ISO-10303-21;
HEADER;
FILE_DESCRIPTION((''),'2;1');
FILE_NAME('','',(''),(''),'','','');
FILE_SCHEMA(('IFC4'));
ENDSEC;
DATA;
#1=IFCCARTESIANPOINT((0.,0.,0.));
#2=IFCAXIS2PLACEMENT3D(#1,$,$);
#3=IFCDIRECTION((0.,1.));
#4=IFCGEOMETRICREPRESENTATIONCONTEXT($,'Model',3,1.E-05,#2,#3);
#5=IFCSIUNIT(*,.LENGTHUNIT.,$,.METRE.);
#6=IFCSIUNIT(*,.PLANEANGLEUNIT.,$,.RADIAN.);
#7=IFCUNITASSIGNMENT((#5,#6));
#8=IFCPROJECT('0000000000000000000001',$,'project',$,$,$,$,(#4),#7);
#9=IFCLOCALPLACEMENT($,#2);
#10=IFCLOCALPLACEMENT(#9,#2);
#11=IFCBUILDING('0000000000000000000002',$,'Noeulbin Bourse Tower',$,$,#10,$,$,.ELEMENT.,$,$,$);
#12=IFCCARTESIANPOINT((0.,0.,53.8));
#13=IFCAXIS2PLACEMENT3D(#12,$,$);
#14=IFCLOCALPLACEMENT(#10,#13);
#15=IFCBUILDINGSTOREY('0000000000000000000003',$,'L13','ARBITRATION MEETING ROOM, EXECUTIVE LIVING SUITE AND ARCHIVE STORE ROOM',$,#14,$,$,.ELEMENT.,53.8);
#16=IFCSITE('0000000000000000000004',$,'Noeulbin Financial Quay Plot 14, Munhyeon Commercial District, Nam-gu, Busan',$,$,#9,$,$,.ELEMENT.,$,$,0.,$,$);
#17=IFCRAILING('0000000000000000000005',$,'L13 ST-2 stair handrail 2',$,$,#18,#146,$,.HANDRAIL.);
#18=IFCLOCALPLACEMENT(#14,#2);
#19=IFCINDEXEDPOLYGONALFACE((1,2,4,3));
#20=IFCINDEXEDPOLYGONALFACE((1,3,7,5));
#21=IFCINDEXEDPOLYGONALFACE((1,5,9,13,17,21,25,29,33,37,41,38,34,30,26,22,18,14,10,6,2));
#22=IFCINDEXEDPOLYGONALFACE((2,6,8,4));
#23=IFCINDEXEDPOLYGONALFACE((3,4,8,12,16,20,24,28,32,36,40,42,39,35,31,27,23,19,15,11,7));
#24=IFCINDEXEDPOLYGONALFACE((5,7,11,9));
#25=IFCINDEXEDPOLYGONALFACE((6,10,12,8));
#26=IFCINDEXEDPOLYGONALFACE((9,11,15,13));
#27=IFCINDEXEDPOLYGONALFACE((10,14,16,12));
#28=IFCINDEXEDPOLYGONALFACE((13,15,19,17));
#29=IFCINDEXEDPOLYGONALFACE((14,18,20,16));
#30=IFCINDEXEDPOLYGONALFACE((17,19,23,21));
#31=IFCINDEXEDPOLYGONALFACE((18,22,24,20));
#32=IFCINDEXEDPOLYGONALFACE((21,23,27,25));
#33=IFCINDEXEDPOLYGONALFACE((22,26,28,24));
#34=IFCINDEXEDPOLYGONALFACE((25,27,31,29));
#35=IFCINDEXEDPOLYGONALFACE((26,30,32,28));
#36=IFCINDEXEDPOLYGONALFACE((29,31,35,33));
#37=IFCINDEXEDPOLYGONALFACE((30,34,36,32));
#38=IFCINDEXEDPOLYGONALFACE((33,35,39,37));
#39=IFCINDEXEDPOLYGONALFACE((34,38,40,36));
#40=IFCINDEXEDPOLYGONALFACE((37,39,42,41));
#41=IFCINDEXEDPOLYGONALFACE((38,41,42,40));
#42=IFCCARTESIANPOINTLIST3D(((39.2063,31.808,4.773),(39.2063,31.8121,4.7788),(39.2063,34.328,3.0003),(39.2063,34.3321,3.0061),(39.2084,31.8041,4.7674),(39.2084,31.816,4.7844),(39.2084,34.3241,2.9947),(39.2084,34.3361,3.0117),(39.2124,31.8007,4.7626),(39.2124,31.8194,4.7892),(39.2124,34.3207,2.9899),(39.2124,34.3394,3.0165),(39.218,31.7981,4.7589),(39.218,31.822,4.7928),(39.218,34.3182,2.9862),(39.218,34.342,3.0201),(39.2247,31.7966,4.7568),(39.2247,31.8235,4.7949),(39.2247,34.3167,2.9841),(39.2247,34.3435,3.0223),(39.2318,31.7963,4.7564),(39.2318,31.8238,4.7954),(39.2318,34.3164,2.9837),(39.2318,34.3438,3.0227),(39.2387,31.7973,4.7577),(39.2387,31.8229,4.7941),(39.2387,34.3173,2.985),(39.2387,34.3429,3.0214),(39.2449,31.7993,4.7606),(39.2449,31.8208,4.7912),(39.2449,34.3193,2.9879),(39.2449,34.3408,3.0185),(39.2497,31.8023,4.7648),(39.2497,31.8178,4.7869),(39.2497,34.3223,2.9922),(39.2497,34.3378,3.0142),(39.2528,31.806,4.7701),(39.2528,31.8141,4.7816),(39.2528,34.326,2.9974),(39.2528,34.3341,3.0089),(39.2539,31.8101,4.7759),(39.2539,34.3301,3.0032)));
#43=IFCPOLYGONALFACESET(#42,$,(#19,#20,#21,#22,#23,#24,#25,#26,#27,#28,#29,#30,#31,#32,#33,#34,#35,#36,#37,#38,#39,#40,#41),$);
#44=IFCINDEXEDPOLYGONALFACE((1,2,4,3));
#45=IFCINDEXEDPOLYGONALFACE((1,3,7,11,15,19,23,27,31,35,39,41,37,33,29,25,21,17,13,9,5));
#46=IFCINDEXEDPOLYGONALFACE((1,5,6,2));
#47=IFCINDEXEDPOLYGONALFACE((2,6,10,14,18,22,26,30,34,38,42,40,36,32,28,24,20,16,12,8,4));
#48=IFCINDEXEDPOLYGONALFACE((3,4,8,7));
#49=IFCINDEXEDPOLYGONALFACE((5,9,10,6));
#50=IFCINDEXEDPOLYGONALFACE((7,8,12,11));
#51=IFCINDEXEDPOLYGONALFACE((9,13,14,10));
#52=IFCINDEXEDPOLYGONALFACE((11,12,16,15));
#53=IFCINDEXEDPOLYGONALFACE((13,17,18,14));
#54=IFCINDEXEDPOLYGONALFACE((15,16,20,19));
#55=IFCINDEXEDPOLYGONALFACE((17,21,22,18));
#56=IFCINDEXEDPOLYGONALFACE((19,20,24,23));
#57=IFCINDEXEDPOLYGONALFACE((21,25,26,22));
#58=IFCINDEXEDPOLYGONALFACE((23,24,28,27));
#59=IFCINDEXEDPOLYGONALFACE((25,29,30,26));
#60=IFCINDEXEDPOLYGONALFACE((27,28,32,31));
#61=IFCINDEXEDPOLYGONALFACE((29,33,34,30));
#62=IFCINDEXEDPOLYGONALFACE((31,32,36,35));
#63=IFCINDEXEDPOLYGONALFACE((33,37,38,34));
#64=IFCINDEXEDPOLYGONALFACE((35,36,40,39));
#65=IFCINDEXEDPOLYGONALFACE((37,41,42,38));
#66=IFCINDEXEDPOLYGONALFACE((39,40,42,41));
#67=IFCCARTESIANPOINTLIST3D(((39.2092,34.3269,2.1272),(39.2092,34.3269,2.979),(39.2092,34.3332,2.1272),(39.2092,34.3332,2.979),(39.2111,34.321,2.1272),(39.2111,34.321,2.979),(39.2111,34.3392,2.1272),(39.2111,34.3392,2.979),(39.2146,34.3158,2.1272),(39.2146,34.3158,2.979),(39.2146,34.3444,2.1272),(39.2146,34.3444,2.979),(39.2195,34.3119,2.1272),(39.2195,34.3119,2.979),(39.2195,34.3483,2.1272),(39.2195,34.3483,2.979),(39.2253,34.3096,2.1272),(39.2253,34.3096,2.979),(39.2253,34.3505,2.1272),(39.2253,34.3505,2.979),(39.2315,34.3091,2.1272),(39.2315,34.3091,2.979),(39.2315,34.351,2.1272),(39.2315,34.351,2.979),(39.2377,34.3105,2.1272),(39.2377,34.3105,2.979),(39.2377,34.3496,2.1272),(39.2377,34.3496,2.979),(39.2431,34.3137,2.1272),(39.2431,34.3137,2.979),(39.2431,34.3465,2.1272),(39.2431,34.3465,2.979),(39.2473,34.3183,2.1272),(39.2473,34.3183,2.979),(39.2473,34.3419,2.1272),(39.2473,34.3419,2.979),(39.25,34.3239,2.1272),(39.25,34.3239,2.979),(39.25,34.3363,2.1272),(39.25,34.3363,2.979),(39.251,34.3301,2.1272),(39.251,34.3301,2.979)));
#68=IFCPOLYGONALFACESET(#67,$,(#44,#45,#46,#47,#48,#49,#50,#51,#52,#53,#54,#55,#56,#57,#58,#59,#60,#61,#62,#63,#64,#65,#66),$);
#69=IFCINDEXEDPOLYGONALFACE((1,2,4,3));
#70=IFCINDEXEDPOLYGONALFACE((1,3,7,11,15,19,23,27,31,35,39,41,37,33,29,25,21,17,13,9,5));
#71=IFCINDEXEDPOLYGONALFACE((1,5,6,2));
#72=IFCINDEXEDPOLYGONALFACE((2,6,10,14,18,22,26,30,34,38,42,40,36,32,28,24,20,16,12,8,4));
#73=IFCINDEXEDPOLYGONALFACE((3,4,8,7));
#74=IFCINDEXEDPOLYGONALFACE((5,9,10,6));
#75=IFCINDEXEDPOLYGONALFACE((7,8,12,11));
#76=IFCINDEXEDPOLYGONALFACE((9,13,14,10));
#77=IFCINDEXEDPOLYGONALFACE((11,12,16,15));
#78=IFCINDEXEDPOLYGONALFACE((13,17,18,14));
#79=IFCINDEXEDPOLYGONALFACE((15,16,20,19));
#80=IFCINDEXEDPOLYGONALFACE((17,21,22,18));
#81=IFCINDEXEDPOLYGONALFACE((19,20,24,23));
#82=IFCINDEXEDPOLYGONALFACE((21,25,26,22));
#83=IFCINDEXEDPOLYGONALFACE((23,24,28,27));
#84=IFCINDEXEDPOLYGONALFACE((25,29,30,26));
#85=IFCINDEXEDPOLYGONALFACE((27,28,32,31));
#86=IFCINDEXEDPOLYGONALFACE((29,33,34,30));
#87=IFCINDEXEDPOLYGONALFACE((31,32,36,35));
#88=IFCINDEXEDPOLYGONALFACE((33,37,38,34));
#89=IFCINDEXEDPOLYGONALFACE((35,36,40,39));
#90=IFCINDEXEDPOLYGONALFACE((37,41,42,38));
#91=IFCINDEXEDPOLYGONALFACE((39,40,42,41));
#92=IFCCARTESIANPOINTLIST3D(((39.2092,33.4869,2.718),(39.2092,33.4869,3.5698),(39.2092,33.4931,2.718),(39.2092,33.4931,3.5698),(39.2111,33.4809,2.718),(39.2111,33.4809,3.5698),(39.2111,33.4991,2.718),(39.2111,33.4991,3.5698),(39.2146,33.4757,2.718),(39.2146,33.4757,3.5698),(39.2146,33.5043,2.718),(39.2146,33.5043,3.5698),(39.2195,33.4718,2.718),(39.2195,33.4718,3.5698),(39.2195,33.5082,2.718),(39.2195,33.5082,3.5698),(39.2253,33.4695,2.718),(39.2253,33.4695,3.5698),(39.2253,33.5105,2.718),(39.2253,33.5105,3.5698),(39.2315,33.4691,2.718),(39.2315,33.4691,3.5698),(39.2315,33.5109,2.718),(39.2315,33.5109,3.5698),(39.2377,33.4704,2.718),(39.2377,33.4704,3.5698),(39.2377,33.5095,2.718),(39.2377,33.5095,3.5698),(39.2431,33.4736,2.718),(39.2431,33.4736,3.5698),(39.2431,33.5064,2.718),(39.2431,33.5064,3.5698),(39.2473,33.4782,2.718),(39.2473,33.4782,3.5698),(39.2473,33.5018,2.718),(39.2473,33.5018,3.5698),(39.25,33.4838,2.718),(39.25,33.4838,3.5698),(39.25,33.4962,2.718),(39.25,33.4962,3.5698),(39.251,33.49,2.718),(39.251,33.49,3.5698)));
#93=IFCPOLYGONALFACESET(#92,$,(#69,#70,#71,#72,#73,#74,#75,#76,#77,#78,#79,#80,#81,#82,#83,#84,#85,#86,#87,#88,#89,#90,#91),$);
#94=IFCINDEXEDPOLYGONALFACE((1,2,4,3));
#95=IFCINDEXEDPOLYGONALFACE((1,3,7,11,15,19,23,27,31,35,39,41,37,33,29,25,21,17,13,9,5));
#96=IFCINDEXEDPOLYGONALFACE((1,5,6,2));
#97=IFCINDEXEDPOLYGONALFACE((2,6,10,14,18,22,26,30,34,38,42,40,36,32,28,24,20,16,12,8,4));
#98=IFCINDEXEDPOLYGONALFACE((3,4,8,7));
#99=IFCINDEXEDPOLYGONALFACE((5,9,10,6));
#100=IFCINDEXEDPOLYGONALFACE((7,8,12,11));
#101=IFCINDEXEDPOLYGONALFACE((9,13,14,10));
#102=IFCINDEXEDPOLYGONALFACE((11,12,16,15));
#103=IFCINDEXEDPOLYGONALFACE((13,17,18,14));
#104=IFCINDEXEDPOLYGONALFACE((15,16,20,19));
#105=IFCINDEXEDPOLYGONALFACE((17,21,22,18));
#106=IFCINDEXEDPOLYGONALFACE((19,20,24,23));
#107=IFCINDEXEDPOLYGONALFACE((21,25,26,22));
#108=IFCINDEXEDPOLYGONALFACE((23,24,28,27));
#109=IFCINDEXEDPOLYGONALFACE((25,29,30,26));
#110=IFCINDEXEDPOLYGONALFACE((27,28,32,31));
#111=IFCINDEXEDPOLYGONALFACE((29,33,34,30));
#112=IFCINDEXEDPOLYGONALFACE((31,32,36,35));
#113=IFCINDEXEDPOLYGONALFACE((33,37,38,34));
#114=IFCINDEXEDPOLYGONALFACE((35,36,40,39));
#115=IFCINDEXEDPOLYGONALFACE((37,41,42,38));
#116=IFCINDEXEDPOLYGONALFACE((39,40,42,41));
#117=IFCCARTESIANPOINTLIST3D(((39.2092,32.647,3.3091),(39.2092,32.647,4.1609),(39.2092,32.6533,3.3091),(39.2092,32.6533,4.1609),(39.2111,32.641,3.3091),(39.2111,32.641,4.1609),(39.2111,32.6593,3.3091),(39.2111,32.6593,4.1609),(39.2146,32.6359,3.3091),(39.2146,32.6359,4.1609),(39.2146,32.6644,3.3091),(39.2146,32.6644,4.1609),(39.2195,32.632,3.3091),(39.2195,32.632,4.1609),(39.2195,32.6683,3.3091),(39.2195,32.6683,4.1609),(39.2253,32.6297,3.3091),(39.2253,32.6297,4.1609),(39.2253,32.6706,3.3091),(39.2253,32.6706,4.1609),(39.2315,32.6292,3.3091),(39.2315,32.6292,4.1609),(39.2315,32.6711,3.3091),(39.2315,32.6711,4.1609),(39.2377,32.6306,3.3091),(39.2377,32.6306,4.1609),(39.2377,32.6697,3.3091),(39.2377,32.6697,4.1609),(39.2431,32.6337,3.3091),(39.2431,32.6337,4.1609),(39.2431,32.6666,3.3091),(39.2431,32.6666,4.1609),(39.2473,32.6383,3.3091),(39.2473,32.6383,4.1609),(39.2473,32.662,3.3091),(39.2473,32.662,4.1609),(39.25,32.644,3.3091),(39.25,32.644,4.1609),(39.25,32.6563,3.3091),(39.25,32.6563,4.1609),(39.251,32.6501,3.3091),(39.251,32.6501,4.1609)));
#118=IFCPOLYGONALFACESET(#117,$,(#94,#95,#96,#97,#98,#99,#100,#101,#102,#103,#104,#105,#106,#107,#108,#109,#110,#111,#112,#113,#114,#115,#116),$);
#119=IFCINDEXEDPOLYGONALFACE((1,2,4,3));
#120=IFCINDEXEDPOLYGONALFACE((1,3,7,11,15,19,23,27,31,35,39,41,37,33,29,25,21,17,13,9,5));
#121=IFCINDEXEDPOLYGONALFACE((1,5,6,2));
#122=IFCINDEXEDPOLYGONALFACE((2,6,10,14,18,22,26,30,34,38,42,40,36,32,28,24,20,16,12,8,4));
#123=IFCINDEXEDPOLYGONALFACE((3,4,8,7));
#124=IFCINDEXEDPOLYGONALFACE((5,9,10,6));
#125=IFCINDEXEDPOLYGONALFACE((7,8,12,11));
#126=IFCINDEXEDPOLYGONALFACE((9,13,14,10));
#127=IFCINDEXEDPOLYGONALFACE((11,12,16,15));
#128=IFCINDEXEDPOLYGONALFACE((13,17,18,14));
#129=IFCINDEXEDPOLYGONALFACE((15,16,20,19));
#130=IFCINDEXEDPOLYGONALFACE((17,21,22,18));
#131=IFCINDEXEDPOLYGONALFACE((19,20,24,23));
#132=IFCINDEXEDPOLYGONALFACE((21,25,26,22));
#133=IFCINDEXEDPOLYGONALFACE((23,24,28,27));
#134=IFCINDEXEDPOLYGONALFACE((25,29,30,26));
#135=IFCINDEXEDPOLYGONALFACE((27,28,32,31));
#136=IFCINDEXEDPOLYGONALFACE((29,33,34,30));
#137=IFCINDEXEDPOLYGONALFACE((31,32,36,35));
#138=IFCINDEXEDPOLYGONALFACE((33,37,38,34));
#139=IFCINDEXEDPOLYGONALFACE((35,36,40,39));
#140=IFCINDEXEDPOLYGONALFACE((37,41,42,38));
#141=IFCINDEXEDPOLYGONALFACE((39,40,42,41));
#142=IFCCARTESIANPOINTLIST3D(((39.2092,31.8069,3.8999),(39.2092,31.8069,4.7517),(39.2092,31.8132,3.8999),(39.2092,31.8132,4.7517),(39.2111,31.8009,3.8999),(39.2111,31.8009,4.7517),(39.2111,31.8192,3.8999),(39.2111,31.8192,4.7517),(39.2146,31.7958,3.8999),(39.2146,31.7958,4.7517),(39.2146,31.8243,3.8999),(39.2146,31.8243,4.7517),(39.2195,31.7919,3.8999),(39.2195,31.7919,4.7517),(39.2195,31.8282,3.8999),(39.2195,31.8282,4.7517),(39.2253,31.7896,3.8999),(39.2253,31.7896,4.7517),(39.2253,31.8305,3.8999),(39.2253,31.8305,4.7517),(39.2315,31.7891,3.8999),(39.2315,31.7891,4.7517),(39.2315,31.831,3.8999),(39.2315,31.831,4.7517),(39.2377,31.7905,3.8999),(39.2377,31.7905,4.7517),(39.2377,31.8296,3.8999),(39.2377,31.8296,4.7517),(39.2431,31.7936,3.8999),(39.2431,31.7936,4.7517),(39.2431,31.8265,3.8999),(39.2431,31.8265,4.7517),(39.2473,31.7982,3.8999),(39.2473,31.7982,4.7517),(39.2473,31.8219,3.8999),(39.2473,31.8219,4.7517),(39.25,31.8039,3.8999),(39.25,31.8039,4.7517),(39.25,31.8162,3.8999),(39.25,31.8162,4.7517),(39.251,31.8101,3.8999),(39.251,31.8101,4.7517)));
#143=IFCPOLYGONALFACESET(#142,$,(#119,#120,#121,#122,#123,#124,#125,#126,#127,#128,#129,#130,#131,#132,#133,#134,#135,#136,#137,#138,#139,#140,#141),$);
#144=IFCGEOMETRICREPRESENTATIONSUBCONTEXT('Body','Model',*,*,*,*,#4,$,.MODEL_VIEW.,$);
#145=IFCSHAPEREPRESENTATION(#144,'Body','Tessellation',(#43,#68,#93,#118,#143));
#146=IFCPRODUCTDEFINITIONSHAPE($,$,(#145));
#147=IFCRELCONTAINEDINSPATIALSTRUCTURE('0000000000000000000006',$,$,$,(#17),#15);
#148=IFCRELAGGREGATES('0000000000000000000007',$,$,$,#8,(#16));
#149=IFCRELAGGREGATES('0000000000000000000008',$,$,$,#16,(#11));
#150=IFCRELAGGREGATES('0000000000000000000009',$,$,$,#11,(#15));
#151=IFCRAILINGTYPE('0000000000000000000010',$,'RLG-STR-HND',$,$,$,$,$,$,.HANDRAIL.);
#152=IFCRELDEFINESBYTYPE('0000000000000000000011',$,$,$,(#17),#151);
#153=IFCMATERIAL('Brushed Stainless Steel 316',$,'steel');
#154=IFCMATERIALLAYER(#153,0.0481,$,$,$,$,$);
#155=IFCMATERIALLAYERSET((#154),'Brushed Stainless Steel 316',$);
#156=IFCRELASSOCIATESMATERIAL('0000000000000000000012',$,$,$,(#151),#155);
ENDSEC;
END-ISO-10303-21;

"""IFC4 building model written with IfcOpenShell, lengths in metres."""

from ifc_helpers import new_model, si_unit, direction, frame, origin, origin_2d, place, context, subcontext, project, spatial, circle, extrude, material, layer, layer_set, type_object, element, save


model = new_model("IFC4")

# Units and contexts
model_context = context("Model", 3, precision=1e-05, world=origin(), true_north=direction((0.0, 1.0)))
body_context = subcontext(model_context, "Body", "Model", "MODEL_VIEW")
ifc_project = project(units=[si_unit("LENGTHUNIT", "METRE"), si_unit("PLANEANGLEUNIT", "RADIAN")], contexts=[model_context])

# Site, building, storey
site_placement = place(None, origin())
site = spatial("IfcSite", under=ifc_project, at=site_placement, Name="Noeulbin Financial Quay Plot 14, Munhyeon Commercial District, Nam-gu, Busan", CompositionType="ELEMENT", RefElevation=0.0)
building_placement = place(site_placement, origin())
building = spatial("IfcBuilding", under=site, at=building_placement, Name="Noeulbin Bourse Tower", CompositionType="ELEMENT")
storey_placement = place(building_placement, frame((0.0, 0.0, 53.8)))
storey = spatial("IfcBuildingStorey", under=building, at=storey_placement, Name="L13", Description="ARBITRATION MEETING ROOM, EXECUTIVE LIVING SUITE AND ARCHIVE STORE ROOM", CompositionType="ELEMENT", Elevation=53.8)

# Shared definitions
ifc_material_1 = material(Name="Brushed Stainless Steel 316", Category="steel")

# Railing
ifc_layer_1 = layer(ifc_material_1, 0.0481)
ifc_layer_set_1 = layer_set([ifc_layer_1], Name="Brushed Stainless Steel 316")
railing_type_1 = type_object("IfcRailingType", Name="RLG-STR-HND", PredefinedType="HANDRAIL", material=ifc_layer_set_1)
railing_1_placement = place(storey_placement, frame((39.23, 34.3301, 2.1272)))
element("IfcRailing", 1, at=railing_1_placement, inside=storey, type_object=railing_type_1, Name="L13 ST-2 stair handrail 2", PredefinedType="HANDRAIL", context=body_context, shape_type="SweptSolid", body=[
    extrude(circle(Radius=0.0239, at=origin_2d()), frame((0.0, 0.0, 0.876), z_axis=(0.0, -0.817904, 0.575354), x_axis=(1.0, 0.0, 0.0)), (0.0, 0.0, 1.0), 3.0811),
    extrude(circle(Radius=0.021, at=origin_2d()), origin(), (0.0, 0.0, 1.0), 0.8518),
    extrude(circle(Radius=0.021, at=origin_2d()), frame((0.0, -0.8401, 0.5908)), (0.0, 0.0, 1.0), 0.8518),
    extrude(circle(Radius=0.021, at=origin_2d()), frame((0.0, -1.6799, 1.1819)), (0.0, 0.0, 1.0), 0.8518),
    extrude(circle(Radius=0.021, at=origin_2d()), frame((0.0, -2.52, 1.7727)), (0.0, 0.0, 1.0), 0.8518),
])

save(model, "model.ifc")
